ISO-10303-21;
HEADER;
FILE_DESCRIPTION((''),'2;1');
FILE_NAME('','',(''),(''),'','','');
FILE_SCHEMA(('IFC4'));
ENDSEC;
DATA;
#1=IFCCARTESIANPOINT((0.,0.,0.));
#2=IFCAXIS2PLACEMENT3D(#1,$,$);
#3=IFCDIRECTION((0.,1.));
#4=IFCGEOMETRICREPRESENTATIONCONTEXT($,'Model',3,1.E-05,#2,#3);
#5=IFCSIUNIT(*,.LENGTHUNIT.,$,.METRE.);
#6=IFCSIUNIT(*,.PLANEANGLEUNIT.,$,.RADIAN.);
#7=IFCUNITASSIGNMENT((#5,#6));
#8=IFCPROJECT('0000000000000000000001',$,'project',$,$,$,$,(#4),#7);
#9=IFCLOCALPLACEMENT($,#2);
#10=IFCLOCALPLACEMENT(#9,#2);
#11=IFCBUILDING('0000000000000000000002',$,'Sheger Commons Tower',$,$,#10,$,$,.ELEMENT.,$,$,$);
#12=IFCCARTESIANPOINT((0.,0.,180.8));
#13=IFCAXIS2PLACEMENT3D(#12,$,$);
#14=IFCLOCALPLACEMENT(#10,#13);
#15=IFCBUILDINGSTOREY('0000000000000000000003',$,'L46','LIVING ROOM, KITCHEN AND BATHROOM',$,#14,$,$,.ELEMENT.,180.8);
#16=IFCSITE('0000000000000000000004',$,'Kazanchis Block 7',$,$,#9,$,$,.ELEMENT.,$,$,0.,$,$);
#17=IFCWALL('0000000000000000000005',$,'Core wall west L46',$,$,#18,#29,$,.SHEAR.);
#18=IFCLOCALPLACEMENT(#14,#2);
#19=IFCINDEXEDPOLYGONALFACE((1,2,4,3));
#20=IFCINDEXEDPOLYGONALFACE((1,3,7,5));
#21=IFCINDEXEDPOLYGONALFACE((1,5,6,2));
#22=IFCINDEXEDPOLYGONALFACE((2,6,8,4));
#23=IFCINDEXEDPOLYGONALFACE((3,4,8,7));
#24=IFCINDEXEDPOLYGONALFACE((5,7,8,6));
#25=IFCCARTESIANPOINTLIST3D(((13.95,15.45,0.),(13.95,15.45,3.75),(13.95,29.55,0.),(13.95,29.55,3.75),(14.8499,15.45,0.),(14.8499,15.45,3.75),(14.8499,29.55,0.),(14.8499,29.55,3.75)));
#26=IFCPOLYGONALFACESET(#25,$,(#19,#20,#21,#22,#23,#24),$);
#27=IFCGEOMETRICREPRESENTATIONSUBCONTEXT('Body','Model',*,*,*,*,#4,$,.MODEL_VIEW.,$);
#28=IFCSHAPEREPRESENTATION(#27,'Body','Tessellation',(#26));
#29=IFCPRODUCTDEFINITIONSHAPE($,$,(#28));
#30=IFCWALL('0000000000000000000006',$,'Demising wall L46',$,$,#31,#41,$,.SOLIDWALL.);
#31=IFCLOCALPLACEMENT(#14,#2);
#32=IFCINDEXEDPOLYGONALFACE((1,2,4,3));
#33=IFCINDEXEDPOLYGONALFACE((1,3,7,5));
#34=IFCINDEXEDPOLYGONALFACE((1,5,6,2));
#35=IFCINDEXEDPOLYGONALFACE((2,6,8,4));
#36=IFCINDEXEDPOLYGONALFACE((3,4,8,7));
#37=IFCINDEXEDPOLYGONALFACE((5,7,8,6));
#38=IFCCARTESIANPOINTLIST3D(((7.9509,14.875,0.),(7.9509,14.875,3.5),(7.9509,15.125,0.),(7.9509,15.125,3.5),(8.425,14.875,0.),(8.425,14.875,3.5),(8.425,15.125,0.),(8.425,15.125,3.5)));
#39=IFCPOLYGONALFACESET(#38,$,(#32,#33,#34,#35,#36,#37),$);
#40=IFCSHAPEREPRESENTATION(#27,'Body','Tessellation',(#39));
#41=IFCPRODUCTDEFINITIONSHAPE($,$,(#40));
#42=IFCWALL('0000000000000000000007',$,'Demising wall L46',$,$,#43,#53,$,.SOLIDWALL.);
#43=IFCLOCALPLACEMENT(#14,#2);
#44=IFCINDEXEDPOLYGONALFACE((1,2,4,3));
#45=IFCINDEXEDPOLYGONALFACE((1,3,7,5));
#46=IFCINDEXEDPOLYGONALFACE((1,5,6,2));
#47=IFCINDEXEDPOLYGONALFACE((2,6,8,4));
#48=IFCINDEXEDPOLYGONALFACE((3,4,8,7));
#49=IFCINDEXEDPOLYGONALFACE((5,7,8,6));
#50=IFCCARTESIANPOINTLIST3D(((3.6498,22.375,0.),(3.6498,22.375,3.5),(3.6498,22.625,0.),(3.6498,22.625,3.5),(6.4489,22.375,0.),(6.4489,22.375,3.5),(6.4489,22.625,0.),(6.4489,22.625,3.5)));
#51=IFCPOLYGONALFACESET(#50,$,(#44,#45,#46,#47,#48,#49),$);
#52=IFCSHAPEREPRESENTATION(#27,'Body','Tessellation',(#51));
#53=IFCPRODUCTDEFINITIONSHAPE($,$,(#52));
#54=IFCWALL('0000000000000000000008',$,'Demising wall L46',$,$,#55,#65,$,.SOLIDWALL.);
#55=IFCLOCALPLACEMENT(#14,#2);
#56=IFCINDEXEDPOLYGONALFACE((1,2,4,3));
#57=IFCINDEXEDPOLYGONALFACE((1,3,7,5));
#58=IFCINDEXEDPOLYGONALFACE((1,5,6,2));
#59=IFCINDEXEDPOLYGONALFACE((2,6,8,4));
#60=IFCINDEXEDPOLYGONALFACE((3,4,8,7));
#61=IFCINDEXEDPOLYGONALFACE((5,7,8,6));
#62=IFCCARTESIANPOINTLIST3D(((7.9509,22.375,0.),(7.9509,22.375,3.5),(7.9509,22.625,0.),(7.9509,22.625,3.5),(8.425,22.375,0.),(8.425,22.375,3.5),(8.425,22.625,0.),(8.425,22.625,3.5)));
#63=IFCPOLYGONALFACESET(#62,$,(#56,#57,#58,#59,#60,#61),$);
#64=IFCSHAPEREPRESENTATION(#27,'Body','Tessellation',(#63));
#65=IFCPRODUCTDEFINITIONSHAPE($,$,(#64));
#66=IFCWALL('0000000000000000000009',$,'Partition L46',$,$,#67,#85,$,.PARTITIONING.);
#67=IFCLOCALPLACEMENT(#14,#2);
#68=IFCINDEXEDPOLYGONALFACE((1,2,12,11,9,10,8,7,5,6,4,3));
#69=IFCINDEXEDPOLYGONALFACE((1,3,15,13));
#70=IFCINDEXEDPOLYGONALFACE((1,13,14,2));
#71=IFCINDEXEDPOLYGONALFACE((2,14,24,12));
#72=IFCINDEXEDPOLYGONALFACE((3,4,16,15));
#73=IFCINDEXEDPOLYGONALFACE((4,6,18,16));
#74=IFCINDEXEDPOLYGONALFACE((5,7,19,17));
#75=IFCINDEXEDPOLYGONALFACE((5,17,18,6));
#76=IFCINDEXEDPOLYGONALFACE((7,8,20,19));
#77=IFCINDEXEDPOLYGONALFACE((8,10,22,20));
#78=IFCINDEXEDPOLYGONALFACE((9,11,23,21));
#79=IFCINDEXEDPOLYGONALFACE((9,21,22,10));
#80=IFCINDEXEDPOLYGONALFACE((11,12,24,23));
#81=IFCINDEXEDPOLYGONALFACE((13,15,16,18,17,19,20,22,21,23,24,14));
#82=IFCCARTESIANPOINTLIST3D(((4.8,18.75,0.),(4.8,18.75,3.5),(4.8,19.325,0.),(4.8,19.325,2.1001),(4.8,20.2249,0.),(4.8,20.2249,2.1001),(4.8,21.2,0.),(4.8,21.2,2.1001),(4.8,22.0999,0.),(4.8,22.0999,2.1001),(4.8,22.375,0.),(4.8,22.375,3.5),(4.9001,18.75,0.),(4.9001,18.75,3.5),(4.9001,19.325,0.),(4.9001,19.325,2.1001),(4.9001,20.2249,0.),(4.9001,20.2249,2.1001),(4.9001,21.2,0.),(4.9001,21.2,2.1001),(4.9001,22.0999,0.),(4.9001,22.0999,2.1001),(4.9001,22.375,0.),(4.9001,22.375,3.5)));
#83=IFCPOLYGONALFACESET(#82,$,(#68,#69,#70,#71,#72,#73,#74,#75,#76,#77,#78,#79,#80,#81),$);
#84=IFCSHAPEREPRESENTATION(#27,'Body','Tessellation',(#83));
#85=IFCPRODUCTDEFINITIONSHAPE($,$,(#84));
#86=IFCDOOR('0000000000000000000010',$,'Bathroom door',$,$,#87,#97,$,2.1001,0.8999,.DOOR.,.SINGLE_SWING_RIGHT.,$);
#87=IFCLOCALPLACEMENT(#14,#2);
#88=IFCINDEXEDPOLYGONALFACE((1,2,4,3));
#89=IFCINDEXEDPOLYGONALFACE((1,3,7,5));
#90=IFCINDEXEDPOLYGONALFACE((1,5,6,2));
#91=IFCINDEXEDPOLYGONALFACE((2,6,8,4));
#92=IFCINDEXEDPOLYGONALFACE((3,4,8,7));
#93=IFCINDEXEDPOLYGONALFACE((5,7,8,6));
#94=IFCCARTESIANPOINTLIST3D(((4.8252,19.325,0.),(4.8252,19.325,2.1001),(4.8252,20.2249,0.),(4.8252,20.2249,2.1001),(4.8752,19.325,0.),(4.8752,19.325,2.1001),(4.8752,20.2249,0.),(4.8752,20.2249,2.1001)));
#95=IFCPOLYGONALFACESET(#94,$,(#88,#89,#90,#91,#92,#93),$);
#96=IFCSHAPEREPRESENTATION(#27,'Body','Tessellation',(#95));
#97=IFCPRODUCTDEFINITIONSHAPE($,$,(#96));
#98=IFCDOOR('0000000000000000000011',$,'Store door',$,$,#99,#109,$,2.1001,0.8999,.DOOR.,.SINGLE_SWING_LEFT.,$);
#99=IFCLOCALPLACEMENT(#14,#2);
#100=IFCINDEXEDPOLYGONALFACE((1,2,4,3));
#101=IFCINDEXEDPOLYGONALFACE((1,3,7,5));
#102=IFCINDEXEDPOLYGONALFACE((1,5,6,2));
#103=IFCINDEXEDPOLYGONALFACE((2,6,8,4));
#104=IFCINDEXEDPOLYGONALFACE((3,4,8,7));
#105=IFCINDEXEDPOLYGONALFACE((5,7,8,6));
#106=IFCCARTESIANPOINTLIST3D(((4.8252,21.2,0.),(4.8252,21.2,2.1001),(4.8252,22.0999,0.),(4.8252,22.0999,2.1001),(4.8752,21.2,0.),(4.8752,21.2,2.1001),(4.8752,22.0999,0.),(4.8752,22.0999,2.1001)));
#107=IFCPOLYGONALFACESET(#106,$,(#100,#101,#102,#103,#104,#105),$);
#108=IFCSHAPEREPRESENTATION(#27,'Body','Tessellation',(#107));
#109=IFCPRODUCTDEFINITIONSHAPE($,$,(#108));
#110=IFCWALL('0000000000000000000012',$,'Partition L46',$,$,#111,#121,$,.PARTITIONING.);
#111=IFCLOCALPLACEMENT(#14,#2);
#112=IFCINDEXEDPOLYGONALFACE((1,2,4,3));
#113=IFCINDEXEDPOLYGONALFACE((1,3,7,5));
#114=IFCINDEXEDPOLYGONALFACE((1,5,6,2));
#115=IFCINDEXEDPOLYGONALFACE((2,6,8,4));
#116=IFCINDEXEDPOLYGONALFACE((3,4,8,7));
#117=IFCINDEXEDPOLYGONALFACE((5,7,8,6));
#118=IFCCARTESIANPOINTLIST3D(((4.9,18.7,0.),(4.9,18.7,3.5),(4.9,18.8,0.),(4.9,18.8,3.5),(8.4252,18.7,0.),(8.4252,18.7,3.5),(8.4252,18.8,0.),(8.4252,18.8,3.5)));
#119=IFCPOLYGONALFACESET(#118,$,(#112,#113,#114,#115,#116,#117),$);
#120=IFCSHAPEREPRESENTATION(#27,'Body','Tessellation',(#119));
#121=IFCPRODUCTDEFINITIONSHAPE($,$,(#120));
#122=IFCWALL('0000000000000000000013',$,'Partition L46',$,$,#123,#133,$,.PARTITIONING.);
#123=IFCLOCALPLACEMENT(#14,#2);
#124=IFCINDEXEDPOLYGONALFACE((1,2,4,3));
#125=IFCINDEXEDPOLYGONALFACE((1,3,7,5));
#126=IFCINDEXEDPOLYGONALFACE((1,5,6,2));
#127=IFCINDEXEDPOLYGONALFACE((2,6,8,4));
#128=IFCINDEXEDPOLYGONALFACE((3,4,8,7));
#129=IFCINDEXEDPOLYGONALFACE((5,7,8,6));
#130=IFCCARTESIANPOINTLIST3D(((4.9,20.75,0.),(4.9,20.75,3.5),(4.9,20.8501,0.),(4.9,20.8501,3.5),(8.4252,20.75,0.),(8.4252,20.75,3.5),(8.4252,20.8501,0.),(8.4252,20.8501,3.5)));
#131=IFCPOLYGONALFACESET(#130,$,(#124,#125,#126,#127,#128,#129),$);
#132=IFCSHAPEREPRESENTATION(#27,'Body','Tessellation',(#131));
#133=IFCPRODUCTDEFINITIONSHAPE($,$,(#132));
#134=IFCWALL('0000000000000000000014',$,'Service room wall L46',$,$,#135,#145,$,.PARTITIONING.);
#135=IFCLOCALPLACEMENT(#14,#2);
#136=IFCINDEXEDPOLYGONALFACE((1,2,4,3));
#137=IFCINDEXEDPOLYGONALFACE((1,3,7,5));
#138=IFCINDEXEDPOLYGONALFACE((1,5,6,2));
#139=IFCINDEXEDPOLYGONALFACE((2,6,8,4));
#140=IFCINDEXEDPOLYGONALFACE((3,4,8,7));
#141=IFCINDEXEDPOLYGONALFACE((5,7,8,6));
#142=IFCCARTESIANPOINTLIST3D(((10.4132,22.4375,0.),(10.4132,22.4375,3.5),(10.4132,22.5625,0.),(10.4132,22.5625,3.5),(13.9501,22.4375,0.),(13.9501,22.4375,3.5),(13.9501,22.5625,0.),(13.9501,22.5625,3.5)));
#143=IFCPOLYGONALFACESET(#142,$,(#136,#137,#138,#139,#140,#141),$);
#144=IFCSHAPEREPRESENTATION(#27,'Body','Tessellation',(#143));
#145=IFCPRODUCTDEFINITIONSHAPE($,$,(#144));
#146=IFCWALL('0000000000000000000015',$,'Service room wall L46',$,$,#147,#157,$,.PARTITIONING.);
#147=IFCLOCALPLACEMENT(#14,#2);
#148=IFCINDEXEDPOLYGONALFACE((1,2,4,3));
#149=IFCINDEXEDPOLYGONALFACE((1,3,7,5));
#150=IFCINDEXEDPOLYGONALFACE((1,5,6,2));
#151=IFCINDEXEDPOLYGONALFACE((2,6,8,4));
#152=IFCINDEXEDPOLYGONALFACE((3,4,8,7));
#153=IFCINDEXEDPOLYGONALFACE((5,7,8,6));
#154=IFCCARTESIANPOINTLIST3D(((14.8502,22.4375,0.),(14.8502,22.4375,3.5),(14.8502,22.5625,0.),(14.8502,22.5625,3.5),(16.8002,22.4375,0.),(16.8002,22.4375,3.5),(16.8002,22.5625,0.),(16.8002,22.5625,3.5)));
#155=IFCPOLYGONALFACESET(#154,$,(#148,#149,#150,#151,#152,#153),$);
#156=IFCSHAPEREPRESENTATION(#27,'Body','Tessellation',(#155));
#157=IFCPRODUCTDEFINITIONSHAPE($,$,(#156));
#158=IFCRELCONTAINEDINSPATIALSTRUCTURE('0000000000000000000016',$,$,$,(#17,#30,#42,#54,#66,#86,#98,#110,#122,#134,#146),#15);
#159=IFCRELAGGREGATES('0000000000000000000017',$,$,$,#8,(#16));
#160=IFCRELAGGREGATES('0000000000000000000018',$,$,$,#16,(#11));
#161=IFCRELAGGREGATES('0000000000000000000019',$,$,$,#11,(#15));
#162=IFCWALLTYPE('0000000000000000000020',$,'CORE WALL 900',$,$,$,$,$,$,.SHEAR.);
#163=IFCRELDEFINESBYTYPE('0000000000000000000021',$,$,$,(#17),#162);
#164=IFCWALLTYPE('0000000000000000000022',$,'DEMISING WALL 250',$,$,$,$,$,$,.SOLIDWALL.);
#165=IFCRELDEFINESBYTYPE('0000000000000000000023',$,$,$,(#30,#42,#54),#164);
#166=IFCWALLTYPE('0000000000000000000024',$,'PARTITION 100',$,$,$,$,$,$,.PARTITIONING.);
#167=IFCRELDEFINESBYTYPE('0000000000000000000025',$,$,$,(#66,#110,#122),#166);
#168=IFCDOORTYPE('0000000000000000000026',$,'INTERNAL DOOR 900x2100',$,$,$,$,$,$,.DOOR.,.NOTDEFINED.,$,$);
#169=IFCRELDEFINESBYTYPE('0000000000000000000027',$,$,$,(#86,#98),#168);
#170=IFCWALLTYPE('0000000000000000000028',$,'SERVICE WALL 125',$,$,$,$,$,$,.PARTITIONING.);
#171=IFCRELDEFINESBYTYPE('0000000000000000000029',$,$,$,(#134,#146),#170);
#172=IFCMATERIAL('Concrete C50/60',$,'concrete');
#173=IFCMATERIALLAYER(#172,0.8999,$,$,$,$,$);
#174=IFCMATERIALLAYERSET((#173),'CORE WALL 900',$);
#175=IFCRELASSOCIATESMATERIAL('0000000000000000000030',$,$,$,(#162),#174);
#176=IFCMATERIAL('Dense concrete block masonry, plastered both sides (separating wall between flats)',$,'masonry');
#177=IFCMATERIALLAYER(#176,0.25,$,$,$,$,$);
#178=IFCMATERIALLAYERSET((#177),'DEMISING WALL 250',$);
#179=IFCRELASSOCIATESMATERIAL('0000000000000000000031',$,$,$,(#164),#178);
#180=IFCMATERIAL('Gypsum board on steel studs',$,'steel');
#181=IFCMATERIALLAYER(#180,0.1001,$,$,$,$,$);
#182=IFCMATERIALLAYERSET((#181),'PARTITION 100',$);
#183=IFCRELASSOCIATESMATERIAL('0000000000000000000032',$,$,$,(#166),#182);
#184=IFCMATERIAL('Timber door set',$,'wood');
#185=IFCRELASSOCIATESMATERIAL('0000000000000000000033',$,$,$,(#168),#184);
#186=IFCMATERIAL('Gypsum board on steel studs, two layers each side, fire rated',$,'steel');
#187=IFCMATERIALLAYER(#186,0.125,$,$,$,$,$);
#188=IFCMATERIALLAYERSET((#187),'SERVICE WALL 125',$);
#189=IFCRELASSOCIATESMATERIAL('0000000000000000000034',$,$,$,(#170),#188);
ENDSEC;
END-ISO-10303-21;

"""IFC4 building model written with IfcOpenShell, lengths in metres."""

from ifc_helpers import new_model, si_unit, direction, frame, frame_2d, origin, place, context, subcontext, project, spatial, rectangle, extrude, material, layer, layer_set, type_object, element, fill, save


model = new_model("IFC4")

# Units and contexts
model_context = context("Model", 3, precision=1e-05, world=origin(), true_north=direction((0.0, 1.0)))
body_context = subcontext(model_context, "Body", "Model", "MODEL_VIEW")
ifc_project = project(units=[si_unit("LENGTHUNIT", "METRE"), si_unit("PLANEANGLEUNIT", "RADIAN")], contexts=[model_context])

# Site, building, storey
site_placement = place(None, origin())
site = spatial("IfcSite", under=ifc_project, at=site_placement, Name="Kazanchis Block 7", CompositionType="ELEMENT", RefElevation=0.0)
building_placement = place(site_placement, origin())
building = spatial("IfcBuilding", under=site, at=building_placement, Name="Sheger Commons Tower", CompositionType="ELEMENT")
storey_placement = place(building_placement, frame((0.0, 0.0, 180.8)))
storey = spatial("IfcBuildingStorey", under=building, at=storey_placement, Name="L46", Description="LIVING ROOM, KITCHEN AND BATHROOM", CompositionType="ELEMENT", Elevation=180.8)

# Shared definitions
ifc_material_1 = material(Name="Concrete C50/60", Category="concrete")
ifc_layer_1 = layer(ifc_material_1, 0.8999)
ifc_layer_set_1 = layer_set([ifc_layer_1], Name="CORE WALL 900")
wall_type_1 = type_object("IfcWallType", Name="CORE WALL 900", PredefinedType="SHEAR", material=ifc_layer_set_1)

# Walls
wall_1_placement = place(storey_placement, frame((14.3999, 15.45, 0.0), z_axis=(0.0, 0.0, 1.0), x_axis=(0.0, 1.0, 0.0)))
element("IfcWall", 1, at=wall_1_placement, inside=storey, type_object=wall_type_1, Name="Core wall west L46", PredefinedType="SHEAR", context=body_context, shape_type="SweptSolid", body=[
    extrude(rectangle(XDim=14.1001, YDim=0.8999, at=frame_2d((7.05, 0.0))), origin(), (0.0, 0.0, 1.0), 3.75),
])
ifc_material_2 = material(Name="Dense concrete block masonry, plastered both sides (separating wall between flats)", Category="masonry")
ifc_layer_2 = layer(ifc_material_2, 0.25)
ifc_layer_set_2 = layer_set([ifc_layer_2], Name="DEMISING WALL 250")
wall_type_2 = type_object("IfcWallType", Name="DEMISING WALL 250", PredefinedType="SOLIDWALL", material=ifc_layer_set_2)
wall_2_placement = place(storey_placement, frame((7.9509, 15.0, 0.0), z_axis=(0.0, 0.0, 1.0), x_axis=(1.0, 0.0, 0.0)))
element("IfcWall", 2, at=wall_2_placement, inside=storey, type_object=wall_type_2, Name="Demising wall L46", PredefinedType="SOLIDWALL", context=body_context, shape_type="SweptSolid", body=[
    extrude(rectangle(XDim=0.4741, YDim=0.25, at=frame_2d((0.2371, 0.0))), origin(), (0.0, 0.0, 1.0), 3.5),
])
wall_3_placement = place(storey_placement, frame((3.6499, 22.5, 0.0), z_axis=(0.0, 0.0, 1.0), x_axis=(1.0, 0.0, 0.0)))
element("IfcWall", 3, at=wall_3_placement, inside=storey, type_object=wall_type_2, Name="Demising wall L46", PredefinedType="SOLIDWALL", context=body_context, shape_type="SweptSolid", body=[
    extrude(rectangle(XDim=2.7991, YDim=0.25, at=frame_2d((1.3994, 0.0))), origin(), (0.0, 0.0, 1.0), 3.5),
])
wall_4_placement = place(storey_placement, frame((7.9509, 22.5, 0.0), z_axis=(0.0, 0.0, 1.0), x_axis=(1.0, 0.0, 0.0)))
element("IfcWall", 4, at=wall_4_placement, inside=storey, type_object=wall_type_2, Name="Demising wall L46", PredefinedType="SOLIDWALL", context=body_context, shape_type="SweptSolid", body=[
    extrude(rectangle(XDim=0.4741, YDim=0.25, at=frame_2d((0.2371, 0.0))), origin(), (0.0, 0.0, 1.0), 3.5),
])

# Wall, openings, doors
ifc_material_3 = material(Name="Gypsum board on steel studs", Category="steel")
ifc_layer_3 = layer(ifc_material_3, 0.1001)
ifc_layer_set_3 = layer_set([ifc_layer_3], Name="PARTITION 100")
wall_type_3 = type_object("IfcWallType", Name="PARTITION 100", PredefinedType="PARTITIONING", material=ifc_layer_set_3)
wall_5_placement = place(storey_placement, frame((4.8501, 18.75, 0.0), z_axis=(0.0, 0.0, 1.0), x_axis=(0.0, 1.0, 0.0)))
wall_5 = element("IfcWall", 5, at=wall_5_placement, inside=storey, type_object=wall_type_3, Name="Partition L46", PredefinedType="PARTITIONING", context=body_context, shape_type="SweptSolid", body=[
    extrude(rectangle(XDim=3.625, YDim=0.1001, at=frame_2d((1.8125, 0.0))), origin(), (0.0, 0.0, 1.0), 3.5),
])
opening_1_placement = place(wall_5_placement, frame((0.575, 0.0, 0.0)))
opening_1 = element("IfcOpeningElement", 6, at=opening_1_placement, cuts=wall_5, PredefinedType="OPENING", context=body_context, shape_type="SweptSolid", body=[
    extrude(rectangle(XDim=0.8999, YDim=2.1001, at=frame_2d((0.45, 1.05))), frame((0.0, 0.0601, 0.0), z_axis=(0.0, -1.0, 0.0), x_axis=(1.0, 0.0, 0.0)), (0.0, 0.0, 1.0), 0.1201),
])
opening_2_placement = place(wall_5_placement, frame((2.45, 0.0, 0.0)))
opening_2 = element("IfcOpeningElement", 7, at=opening_2_placement, cuts=wall_5, PredefinedType="OPENING", context=body_context, shape_type="SweptSolid", body=[
    extrude(rectangle(XDim=0.8999, YDim=2.1001, at=frame_2d((0.45, 1.05))), frame((0.0, 0.0601, 0.0), z_axis=(0.0, -1.0, 0.0), x_axis=(1.0, 0.0, 0.0)), (0.0, 0.0, 1.0), 0.1201),
])
ifc_material_4 = material(Name="Timber door set", Category="wood")
door_type_1 = type_object("IfcDoorType", Name="INTERNAL DOOR 900x2100", OperationType="NOTDEFINED", PredefinedType="DOOR", material=ifc_material_4)
door_1_placement = place(opening_1_placement, origin())
door_1 = element("IfcDoor", 8, at=door_1_placement, inside=storey, type_object=door_type_1, Name="Bathroom door", OperationType="SINGLE_SWING_RIGHT", OverallHeight=2.1001, OverallWidth=0.8999, PredefinedType="DOOR", context=body_context, shape_type="SweptSolid", body=[
    extrude(rectangle(XDim=0.8999, YDim=2.1001, at=frame_2d((0.45, 1.05))), frame((0.0, 0.0249, 0.0), z_axis=(0.0, -1.0, 0.0), x_axis=(1.0, 0.0, 0.0)), (0.0, 0.0, 1.0), 0.05),
])
fill(opening_1, door_1)
door_2_placement = place(opening_2_placement, origin())
door_2 = element("IfcDoor", 9, at=door_2_placement, inside=storey, type_object=door_type_1, Name="Store door", OperationType="SINGLE_SWING_LEFT", OverallHeight=2.1001, OverallWidth=0.8999, PredefinedType="DOOR", context=body_context, shape_type="SweptSolid", body=[
    extrude(rectangle(XDim=0.8999, YDim=2.1001, at=frame_2d((0.45, 1.05))), frame((0.0, 0.0249, 0.0), z_axis=(0.0, -1.0, 0.0), x_axis=(1.0, 0.0, 0.0)), (0.0, 0.0, 1.0), 0.05),
])
fill(opening_2, door_2)

# Walls
for number, where, z_axis, x_axis, name in (
    (10, (4.8999, 18.75, 0.0), (0.0, 0.0, 1.0), (1.0, 0.0, 0.0), "Partition L46"),
    (11, (4.8999, 20.8, 0.0), (0.0, 0.0, 1.0), (1.0, 0.0, 0.0), "Partition L46"),
):
    element("IfcWall", number, at=place(storey_placement, frame(where, z_axis=z_axis, x_axis=x_axis)), inside=storey, type_object=wall_type_3, Name=name, PredefinedType="PARTITIONING", context=body_context, shape_type="SweptSolid", body=[
        extrude(rectangle(XDim=3.5251, YDim=0.1001, at=frame_2d((1.7627, 0.0))), origin(), (0.0, 0.0, 1.0), 3.5),
    ])
ifc_material_5 = material(Name="Gypsum board on steel studs, two layers each side, fire rated", Category="steel")
ifc_layer_4 = layer(ifc_material_5, 0.125)
ifc_layer_set_4 = layer_set([ifc_layer_4], Name="SERVICE WALL 125")
wall_type_4 = type_object("IfcWallType", Name="SERVICE WALL 125", PredefinedType="PARTITIONING", material=ifc_layer_set_4)
wall_6_placement = place(storey_placement, frame((10.4131, 22.5, 0.0), z_axis=(0.0, 0.0, 1.0), x_axis=(1.0, 0.0, 0.0)))
element("IfcWall", 12, at=wall_6_placement, inside=storey, type_object=wall_type_4, Name="Service room wall L46", PredefinedType="PARTITIONING", context=body_context, shape_type="SweptSolid", body=[
    extrude(rectangle(XDim=3.5369, YDim=0.125, at=frame_2d((1.7686, 0.0))), origin(), (0.0, 0.0, 1.0), 3.5),
])
wall_7_placement = place(storey_placement, frame((14.8501, 22.5, 0.0), z_axis=(0.0, 0.0, 1.0), x_axis=(1.0, 0.0, 0.0)))
element("IfcWall", 13, at=wall_7_placement, inside=storey, type_object=wall_type_4, Name="Service room wall L46", PredefinedType="PARTITIONING", context=body_context, shape_type="SweptSolid", body=[
    extrude(rectangle(XDim=1.95, YDim=0.125, at=frame_2d((0.9751, 0.0))), origin(), (0.0, 0.0, 1.0), 3.5),
])

save(model, "model.ifc")
